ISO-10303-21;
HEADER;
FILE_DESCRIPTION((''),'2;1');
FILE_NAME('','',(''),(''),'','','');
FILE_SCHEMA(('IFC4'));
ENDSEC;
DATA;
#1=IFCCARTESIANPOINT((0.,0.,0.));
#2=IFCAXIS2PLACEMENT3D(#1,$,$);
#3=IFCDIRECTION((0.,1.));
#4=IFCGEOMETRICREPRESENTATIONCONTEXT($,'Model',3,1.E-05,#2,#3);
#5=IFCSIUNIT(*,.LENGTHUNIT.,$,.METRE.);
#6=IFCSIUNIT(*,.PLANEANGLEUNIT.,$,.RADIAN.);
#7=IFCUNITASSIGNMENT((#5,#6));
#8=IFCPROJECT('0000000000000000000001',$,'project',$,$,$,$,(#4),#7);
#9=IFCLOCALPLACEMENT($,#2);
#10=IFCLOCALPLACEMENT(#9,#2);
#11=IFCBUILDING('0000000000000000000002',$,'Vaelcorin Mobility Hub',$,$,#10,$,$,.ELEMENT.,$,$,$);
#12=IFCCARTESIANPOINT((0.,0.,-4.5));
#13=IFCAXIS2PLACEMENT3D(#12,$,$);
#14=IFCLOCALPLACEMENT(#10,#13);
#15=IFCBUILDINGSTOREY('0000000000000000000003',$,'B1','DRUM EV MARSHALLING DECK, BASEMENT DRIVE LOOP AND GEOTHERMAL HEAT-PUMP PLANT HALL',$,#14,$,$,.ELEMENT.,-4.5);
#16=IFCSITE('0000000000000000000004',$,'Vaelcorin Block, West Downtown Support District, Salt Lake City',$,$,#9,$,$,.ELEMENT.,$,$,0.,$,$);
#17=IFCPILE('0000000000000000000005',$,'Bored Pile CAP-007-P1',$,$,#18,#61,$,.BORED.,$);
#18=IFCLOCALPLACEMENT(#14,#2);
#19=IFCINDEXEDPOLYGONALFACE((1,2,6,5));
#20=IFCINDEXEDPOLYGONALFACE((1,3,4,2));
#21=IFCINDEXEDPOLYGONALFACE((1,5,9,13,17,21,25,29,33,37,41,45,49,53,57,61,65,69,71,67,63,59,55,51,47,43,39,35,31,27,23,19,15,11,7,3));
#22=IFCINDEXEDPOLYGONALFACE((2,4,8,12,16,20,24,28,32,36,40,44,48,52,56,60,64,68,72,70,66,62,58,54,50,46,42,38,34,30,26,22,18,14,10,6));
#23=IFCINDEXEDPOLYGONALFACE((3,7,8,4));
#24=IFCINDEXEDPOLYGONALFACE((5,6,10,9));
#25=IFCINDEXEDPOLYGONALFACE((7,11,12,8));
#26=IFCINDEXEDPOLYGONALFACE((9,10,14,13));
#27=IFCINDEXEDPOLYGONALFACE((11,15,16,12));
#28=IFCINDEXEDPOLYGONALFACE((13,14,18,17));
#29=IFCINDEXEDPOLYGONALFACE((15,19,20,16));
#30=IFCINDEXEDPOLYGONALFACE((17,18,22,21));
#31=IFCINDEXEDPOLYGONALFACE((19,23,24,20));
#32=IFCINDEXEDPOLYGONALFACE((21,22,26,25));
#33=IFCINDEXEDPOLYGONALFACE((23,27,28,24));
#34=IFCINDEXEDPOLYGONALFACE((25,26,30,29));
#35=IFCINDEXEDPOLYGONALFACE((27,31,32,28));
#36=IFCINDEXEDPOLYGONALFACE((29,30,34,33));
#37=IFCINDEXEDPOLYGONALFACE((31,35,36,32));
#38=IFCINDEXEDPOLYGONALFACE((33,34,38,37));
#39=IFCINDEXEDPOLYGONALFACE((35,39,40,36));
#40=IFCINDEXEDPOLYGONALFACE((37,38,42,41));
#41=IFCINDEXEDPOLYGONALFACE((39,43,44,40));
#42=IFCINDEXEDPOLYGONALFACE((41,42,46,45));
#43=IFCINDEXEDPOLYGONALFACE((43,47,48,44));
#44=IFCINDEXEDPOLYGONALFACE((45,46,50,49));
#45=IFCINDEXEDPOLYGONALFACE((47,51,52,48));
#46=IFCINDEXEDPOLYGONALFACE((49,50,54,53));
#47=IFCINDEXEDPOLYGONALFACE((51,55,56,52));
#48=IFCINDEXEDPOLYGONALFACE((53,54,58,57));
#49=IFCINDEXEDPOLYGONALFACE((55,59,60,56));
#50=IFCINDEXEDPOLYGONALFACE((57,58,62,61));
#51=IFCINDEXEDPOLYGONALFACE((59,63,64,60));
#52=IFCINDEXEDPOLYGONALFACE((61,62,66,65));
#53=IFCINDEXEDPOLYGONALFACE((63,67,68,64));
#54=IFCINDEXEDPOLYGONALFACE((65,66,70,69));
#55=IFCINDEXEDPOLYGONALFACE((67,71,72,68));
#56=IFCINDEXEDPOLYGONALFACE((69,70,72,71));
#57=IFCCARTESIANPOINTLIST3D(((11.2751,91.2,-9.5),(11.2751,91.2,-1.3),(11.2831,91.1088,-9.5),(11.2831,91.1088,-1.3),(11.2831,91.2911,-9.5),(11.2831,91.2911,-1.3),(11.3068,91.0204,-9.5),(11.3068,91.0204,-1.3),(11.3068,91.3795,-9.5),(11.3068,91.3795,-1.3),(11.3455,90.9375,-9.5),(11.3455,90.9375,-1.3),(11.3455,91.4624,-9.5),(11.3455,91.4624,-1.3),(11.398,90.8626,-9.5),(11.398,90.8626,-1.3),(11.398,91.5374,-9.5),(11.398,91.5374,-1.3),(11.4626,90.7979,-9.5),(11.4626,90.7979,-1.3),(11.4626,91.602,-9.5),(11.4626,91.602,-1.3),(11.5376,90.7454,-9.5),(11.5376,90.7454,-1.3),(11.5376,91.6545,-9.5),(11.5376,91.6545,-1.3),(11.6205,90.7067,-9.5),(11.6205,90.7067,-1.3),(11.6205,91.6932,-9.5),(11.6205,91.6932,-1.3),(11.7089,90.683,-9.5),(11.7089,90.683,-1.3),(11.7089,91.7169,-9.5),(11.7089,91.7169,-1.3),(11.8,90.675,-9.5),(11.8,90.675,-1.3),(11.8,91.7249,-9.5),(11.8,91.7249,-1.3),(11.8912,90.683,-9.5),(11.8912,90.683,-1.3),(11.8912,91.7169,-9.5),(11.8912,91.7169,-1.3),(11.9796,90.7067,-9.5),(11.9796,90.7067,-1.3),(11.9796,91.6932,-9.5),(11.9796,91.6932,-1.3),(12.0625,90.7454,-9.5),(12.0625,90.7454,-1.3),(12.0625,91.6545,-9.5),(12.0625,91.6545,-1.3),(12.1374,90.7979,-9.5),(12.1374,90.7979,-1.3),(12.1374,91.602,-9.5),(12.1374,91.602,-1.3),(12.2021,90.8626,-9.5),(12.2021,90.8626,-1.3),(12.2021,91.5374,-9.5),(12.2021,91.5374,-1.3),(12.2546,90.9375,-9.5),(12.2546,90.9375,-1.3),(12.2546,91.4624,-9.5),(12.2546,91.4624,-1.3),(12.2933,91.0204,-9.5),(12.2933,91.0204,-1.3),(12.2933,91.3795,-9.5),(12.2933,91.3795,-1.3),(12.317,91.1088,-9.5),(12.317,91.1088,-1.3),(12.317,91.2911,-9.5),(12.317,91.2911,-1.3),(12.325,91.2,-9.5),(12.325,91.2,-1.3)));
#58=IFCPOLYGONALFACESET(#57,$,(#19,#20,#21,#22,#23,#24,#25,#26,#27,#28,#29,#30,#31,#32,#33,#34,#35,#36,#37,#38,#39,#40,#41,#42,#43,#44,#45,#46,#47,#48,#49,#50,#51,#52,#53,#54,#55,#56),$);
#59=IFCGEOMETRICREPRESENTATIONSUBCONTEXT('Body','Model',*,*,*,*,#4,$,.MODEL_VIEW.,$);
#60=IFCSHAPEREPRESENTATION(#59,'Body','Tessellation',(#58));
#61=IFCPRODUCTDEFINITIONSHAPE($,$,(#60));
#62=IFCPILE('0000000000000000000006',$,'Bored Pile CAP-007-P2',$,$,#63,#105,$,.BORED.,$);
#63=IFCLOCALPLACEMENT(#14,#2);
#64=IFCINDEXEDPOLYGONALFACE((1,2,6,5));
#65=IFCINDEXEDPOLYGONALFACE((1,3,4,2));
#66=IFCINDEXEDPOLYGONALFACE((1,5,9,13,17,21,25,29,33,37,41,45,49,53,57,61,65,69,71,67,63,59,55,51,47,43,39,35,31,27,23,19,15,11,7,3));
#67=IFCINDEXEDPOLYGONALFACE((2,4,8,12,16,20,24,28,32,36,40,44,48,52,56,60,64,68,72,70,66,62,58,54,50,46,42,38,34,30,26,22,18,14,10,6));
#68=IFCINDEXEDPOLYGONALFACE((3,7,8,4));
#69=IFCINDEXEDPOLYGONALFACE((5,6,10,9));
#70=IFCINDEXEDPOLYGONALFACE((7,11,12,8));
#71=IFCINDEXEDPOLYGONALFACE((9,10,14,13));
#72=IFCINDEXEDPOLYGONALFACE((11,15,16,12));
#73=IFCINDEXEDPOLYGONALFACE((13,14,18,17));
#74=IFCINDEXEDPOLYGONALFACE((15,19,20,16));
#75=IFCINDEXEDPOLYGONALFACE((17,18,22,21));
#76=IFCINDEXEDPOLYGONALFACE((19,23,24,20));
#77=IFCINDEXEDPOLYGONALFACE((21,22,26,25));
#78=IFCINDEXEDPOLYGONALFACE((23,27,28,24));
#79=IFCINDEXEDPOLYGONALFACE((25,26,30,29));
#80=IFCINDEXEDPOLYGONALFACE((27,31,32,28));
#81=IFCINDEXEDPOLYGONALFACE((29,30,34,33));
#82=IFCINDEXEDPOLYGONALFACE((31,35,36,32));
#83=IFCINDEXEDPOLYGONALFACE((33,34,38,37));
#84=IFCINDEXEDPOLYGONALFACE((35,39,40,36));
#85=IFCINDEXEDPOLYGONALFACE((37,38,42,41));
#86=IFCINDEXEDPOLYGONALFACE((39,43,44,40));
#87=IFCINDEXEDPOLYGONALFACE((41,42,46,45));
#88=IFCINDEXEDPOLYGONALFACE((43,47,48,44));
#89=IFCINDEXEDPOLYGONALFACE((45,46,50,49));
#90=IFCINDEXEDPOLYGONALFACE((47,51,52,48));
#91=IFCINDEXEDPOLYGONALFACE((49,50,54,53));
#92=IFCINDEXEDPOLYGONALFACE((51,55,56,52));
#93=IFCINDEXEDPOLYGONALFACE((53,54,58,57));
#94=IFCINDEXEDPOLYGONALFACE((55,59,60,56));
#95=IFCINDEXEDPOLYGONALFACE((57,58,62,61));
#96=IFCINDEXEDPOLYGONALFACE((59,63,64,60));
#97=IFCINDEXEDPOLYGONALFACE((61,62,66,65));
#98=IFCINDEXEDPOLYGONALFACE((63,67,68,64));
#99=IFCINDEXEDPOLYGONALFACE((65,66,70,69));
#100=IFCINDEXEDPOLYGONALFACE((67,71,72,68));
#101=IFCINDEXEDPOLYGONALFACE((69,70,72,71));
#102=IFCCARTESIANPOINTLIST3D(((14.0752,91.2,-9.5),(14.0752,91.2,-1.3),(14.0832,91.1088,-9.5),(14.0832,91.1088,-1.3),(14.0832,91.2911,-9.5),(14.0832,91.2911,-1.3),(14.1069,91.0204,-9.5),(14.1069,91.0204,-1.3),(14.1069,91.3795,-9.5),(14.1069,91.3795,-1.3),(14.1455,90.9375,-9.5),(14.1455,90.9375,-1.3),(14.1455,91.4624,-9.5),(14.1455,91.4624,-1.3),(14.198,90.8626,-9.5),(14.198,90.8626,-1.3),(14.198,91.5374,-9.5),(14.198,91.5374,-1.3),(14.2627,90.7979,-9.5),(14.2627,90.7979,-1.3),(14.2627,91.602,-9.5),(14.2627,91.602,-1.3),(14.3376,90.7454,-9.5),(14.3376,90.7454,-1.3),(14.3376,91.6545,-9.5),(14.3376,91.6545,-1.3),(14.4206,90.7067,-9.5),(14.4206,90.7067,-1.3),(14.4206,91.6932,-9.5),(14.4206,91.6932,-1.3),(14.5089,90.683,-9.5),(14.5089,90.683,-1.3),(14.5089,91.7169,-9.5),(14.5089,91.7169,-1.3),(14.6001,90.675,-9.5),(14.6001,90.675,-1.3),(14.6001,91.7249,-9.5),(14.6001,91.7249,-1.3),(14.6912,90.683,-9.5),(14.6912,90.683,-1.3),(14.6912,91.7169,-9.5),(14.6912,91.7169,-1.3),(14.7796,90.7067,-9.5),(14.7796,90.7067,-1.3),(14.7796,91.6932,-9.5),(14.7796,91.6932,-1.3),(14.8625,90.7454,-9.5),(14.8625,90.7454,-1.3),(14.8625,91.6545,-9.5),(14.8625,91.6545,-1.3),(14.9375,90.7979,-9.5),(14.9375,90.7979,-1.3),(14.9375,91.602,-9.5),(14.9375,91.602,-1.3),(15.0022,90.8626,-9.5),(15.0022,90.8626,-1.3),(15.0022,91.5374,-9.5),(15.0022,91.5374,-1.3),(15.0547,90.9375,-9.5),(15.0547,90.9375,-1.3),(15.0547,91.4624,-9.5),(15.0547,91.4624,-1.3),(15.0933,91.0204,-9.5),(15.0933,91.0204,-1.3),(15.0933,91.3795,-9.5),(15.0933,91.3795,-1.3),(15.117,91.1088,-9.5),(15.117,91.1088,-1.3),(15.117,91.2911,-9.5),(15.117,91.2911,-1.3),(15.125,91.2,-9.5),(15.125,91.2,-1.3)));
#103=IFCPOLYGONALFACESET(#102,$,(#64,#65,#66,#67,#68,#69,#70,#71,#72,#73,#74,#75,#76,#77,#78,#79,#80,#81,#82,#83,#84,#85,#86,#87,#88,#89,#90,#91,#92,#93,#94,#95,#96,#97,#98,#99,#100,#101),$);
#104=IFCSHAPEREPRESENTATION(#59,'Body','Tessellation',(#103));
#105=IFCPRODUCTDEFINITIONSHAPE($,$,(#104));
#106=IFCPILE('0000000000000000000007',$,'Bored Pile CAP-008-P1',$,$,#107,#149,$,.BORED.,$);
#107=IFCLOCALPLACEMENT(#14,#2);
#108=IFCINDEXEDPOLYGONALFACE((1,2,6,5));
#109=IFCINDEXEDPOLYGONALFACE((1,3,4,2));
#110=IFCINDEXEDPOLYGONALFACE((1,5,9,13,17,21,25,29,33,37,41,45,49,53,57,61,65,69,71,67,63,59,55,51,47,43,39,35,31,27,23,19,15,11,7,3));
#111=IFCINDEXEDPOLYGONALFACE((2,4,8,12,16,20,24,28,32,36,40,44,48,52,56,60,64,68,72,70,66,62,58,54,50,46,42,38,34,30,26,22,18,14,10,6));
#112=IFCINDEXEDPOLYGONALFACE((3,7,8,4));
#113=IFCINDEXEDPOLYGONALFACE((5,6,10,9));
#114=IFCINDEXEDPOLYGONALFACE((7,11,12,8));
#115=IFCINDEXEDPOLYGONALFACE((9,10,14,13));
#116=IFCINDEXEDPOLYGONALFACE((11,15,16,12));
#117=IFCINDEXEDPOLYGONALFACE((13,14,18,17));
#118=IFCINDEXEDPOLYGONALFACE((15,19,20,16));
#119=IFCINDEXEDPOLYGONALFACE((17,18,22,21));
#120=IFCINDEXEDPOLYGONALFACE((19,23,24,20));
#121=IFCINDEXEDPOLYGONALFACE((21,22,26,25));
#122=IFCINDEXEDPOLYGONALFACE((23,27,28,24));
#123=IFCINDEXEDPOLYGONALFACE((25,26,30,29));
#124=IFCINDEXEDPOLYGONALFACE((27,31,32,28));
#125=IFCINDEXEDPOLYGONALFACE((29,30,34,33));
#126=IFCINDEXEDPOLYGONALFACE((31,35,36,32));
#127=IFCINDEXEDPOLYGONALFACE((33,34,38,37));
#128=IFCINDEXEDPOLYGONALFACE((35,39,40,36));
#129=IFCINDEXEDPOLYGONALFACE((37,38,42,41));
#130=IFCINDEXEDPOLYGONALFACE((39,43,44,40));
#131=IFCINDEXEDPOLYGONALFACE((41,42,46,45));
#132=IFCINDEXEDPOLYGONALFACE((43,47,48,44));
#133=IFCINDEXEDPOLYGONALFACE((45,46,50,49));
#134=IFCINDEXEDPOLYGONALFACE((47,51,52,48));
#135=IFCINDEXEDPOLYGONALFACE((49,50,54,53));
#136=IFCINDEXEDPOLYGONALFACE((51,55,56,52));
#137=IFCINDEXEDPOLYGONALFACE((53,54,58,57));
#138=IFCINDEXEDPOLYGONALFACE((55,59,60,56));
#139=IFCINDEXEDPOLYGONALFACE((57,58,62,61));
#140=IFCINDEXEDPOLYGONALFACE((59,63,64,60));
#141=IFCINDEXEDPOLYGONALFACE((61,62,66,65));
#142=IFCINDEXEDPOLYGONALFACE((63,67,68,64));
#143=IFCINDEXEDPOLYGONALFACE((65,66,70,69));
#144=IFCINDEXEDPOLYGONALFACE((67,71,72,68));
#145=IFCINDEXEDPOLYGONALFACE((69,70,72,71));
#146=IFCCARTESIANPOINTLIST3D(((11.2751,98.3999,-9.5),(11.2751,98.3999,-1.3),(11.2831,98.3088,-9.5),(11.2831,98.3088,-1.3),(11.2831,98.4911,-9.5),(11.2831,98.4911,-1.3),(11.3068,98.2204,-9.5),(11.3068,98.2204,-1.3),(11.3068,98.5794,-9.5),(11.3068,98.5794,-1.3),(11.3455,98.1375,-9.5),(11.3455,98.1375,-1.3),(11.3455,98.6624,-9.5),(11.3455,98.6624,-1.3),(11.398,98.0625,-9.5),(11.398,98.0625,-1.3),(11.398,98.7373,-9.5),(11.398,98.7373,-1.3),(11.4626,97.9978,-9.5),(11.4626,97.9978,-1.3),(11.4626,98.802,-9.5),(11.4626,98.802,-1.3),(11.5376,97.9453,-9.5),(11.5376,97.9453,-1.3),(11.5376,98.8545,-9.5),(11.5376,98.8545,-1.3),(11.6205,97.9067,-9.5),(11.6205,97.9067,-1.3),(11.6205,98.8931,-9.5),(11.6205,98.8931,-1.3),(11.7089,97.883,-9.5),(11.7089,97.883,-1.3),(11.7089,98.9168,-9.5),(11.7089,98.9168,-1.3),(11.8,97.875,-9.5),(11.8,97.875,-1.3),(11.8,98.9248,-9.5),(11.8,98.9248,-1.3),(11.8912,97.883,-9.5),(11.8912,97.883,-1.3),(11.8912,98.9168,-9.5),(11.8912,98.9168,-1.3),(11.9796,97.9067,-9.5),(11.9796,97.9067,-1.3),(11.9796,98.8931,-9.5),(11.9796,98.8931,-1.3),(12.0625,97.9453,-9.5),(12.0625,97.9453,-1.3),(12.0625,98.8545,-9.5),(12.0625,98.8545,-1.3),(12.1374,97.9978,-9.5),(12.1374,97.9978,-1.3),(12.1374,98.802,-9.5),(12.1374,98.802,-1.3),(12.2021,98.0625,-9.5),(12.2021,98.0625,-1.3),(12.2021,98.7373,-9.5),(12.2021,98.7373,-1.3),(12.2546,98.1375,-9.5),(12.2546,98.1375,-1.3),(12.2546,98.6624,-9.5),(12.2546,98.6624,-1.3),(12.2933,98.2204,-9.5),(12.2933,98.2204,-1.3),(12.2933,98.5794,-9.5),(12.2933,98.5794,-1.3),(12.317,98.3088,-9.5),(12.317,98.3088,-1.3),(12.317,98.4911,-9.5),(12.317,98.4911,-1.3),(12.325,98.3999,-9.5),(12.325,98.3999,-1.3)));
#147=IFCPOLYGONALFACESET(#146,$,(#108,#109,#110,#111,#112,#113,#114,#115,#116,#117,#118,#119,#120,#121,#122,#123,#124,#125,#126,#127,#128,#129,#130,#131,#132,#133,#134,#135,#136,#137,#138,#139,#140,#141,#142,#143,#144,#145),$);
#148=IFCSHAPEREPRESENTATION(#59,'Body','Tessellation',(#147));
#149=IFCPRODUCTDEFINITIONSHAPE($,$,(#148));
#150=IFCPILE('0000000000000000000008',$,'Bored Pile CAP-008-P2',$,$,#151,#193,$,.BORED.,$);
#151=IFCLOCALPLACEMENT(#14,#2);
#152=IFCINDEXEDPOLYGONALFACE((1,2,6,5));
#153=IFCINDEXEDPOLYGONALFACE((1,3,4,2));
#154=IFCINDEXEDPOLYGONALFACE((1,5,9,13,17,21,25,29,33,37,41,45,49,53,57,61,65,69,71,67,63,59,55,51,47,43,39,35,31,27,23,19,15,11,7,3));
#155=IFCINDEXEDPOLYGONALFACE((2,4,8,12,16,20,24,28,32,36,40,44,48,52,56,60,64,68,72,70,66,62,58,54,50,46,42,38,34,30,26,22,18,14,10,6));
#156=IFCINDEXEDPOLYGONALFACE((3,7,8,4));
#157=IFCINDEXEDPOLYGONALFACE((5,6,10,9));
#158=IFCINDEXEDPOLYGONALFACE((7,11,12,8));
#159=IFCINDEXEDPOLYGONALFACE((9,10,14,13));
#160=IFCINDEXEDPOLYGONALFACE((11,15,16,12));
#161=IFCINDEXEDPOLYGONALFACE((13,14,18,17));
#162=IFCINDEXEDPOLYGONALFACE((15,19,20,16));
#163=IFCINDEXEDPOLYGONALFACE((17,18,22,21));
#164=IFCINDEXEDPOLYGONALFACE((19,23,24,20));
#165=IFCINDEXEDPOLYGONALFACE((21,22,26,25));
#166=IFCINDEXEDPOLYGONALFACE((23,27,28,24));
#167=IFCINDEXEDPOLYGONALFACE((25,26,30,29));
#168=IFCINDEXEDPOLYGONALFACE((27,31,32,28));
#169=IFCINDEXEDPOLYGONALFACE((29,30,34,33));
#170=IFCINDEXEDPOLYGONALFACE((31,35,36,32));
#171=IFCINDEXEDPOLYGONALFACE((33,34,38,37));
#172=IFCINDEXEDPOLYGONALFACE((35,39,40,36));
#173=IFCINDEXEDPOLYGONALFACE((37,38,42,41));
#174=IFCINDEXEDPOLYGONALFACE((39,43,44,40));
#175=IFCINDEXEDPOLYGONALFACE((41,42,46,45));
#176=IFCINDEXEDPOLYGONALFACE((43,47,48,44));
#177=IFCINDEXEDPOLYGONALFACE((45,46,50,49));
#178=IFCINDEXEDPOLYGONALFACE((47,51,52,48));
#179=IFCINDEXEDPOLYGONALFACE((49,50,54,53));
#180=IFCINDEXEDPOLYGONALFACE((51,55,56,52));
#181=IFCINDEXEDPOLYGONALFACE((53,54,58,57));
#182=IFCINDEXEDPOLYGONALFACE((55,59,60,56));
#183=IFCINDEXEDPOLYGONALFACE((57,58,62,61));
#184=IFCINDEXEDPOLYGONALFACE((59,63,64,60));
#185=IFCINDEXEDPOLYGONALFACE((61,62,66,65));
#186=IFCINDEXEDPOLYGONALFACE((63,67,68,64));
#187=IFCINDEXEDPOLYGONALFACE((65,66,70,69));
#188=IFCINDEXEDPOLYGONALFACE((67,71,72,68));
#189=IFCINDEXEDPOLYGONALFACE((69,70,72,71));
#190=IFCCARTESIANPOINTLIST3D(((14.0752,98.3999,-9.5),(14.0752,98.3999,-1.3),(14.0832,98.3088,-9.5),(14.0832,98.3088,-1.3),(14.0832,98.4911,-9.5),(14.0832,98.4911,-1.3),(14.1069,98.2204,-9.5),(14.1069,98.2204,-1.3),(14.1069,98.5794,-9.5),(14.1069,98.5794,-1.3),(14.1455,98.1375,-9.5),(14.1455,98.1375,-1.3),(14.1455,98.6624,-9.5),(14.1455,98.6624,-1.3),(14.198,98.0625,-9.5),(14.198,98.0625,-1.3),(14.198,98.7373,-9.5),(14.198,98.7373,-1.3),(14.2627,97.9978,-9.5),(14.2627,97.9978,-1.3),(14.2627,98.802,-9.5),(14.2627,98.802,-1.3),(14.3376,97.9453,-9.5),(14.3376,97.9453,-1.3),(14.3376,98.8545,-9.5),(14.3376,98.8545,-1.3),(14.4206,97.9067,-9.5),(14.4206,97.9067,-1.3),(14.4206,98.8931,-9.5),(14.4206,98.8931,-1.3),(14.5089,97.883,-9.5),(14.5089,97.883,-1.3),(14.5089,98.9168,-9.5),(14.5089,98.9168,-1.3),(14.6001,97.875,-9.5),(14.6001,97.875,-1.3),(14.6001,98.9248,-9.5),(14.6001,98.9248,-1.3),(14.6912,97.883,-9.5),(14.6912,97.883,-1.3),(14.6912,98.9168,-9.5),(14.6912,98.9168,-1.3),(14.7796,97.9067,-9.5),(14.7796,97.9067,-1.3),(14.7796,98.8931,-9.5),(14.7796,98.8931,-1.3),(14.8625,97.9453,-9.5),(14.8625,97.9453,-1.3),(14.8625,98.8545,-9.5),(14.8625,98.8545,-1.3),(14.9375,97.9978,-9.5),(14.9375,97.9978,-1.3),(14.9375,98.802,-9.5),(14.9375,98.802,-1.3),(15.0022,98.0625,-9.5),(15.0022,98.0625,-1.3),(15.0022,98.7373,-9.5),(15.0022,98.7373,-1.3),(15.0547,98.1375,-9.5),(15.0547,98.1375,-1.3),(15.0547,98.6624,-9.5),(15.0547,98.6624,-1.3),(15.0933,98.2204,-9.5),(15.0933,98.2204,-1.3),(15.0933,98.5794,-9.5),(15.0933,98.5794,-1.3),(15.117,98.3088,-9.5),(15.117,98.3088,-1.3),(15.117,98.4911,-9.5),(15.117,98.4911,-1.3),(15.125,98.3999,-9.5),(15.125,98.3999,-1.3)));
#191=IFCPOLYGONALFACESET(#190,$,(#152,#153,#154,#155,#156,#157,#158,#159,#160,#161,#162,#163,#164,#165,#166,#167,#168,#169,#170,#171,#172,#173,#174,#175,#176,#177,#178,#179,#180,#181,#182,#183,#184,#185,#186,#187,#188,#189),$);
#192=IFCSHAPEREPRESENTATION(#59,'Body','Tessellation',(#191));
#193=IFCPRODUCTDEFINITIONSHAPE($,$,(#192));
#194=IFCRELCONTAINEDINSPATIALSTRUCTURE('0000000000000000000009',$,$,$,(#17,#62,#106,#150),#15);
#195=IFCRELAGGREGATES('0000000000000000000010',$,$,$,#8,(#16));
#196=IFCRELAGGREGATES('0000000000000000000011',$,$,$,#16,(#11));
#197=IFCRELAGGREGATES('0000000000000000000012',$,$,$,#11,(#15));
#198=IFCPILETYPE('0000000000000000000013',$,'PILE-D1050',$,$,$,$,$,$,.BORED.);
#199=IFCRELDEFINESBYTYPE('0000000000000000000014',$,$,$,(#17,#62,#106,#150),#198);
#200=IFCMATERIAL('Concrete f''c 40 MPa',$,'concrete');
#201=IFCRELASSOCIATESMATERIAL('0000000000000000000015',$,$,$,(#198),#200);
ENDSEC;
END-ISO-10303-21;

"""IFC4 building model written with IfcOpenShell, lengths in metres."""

from ifc_helpers import new_model, si_unit, direction, frame, origin, origin_2d, place, context, subcontext, project, spatial, circle, extrude, material, material_profile, profile_set, type_object, element, save


model = new_model("IFC4")

# Units and contexts
model_context = context("Model", 3, precision=1e-05, world=origin(), true_north=direction((0.0, 1.0)))
body_context = subcontext(model_context, "Body", "Model", "MODEL_VIEW")
ifc_project = project(units=[si_unit("LENGTHUNIT", "METRE"), si_unit("PLANEANGLEUNIT", "RADIAN")], contexts=[model_context])

# Site, building, storey
site_placement = place(None, origin())
site = spatial("IfcSite", under=ifc_project, at=site_placement, Name="Vaelcorin Block, West Downtown Support District, Salt Lake City", CompositionType="ELEMENT", RefElevation=0.0)
building_placement = place(site_placement, origin())
building = spatial("IfcBuilding", under=site, at=building_placement, Name="Vaelcorin Mobility Hub", CompositionType="ELEMENT")
storey_placement = place(building_placement, frame((0.0, 0.0, -4.5)))
storey = spatial("IfcBuildingStorey", under=building, at=storey_placement, Name="B1", Description="DRUM EV MARSHALLING DECK, BASEMENT DRIVE LOOP AND GEOTHERMAL HEAT-PUMP PLANT HALL", CompositionType="ELEMENT", Elevation=-4.5)

# Shared definitions
ifc_material_1 = material(Name="Concrete f'c 40 MPa", Category="concrete")

# Piles
ifc_material_profile_1 = material_profile(ifc_material_1, circle(Radius=0.5249, at=origin_2d()), Name="BP-D1050")
ifc_profile_set_1 = profile_set([ifc_material_profile_1], Name="Concrete f'c 40 MPa")
pile_type = type_object("IfcPileType", Name="PILE-D1050", PredefinedType="BORED", material=ifc_profile_set_1)
for number, where, z_axis, x_axis, name in (
    (1, (11.8, 91.2, -1.3), (0.0, 0.0, -1.0), (1.0, 0.0, 0.0), "Bored Pile CAP-007-P1"),
    (2, (14.6001, 91.2, -1.3), (0.0, 0.0, -1.0), (1.0, 0.0, 0.0), "Bored Pile CAP-007-P2"),
    (3, (11.8, 98.3999, -1.3), (0.0, 0.0, -1.0), (1.0, 0.0, 0.0), "Bored Pile CAP-008-P1"),
    (4, (14.6001, 98.3999, -1.3), (0.0, 0.0, -1.0), (1.0, 0.0, 0.0), "Bored Pile CAP-008-P2"),
):
    element("IfcPile", number, at=place(storey_placement, frame(where, z_axis=z_axis, x_axis=x_axis)), inside=storey, type_object=pile_type, Name=name, PredefinedType="BORED", context=body_context, shape_type="SweptSolid", body=[
        extrude(circle(Radius=0.5249, at=origin_2d()), origin(), (0.0, 0.0, 1.0), 8.2),
    ])

save(model, "model.ifc")
